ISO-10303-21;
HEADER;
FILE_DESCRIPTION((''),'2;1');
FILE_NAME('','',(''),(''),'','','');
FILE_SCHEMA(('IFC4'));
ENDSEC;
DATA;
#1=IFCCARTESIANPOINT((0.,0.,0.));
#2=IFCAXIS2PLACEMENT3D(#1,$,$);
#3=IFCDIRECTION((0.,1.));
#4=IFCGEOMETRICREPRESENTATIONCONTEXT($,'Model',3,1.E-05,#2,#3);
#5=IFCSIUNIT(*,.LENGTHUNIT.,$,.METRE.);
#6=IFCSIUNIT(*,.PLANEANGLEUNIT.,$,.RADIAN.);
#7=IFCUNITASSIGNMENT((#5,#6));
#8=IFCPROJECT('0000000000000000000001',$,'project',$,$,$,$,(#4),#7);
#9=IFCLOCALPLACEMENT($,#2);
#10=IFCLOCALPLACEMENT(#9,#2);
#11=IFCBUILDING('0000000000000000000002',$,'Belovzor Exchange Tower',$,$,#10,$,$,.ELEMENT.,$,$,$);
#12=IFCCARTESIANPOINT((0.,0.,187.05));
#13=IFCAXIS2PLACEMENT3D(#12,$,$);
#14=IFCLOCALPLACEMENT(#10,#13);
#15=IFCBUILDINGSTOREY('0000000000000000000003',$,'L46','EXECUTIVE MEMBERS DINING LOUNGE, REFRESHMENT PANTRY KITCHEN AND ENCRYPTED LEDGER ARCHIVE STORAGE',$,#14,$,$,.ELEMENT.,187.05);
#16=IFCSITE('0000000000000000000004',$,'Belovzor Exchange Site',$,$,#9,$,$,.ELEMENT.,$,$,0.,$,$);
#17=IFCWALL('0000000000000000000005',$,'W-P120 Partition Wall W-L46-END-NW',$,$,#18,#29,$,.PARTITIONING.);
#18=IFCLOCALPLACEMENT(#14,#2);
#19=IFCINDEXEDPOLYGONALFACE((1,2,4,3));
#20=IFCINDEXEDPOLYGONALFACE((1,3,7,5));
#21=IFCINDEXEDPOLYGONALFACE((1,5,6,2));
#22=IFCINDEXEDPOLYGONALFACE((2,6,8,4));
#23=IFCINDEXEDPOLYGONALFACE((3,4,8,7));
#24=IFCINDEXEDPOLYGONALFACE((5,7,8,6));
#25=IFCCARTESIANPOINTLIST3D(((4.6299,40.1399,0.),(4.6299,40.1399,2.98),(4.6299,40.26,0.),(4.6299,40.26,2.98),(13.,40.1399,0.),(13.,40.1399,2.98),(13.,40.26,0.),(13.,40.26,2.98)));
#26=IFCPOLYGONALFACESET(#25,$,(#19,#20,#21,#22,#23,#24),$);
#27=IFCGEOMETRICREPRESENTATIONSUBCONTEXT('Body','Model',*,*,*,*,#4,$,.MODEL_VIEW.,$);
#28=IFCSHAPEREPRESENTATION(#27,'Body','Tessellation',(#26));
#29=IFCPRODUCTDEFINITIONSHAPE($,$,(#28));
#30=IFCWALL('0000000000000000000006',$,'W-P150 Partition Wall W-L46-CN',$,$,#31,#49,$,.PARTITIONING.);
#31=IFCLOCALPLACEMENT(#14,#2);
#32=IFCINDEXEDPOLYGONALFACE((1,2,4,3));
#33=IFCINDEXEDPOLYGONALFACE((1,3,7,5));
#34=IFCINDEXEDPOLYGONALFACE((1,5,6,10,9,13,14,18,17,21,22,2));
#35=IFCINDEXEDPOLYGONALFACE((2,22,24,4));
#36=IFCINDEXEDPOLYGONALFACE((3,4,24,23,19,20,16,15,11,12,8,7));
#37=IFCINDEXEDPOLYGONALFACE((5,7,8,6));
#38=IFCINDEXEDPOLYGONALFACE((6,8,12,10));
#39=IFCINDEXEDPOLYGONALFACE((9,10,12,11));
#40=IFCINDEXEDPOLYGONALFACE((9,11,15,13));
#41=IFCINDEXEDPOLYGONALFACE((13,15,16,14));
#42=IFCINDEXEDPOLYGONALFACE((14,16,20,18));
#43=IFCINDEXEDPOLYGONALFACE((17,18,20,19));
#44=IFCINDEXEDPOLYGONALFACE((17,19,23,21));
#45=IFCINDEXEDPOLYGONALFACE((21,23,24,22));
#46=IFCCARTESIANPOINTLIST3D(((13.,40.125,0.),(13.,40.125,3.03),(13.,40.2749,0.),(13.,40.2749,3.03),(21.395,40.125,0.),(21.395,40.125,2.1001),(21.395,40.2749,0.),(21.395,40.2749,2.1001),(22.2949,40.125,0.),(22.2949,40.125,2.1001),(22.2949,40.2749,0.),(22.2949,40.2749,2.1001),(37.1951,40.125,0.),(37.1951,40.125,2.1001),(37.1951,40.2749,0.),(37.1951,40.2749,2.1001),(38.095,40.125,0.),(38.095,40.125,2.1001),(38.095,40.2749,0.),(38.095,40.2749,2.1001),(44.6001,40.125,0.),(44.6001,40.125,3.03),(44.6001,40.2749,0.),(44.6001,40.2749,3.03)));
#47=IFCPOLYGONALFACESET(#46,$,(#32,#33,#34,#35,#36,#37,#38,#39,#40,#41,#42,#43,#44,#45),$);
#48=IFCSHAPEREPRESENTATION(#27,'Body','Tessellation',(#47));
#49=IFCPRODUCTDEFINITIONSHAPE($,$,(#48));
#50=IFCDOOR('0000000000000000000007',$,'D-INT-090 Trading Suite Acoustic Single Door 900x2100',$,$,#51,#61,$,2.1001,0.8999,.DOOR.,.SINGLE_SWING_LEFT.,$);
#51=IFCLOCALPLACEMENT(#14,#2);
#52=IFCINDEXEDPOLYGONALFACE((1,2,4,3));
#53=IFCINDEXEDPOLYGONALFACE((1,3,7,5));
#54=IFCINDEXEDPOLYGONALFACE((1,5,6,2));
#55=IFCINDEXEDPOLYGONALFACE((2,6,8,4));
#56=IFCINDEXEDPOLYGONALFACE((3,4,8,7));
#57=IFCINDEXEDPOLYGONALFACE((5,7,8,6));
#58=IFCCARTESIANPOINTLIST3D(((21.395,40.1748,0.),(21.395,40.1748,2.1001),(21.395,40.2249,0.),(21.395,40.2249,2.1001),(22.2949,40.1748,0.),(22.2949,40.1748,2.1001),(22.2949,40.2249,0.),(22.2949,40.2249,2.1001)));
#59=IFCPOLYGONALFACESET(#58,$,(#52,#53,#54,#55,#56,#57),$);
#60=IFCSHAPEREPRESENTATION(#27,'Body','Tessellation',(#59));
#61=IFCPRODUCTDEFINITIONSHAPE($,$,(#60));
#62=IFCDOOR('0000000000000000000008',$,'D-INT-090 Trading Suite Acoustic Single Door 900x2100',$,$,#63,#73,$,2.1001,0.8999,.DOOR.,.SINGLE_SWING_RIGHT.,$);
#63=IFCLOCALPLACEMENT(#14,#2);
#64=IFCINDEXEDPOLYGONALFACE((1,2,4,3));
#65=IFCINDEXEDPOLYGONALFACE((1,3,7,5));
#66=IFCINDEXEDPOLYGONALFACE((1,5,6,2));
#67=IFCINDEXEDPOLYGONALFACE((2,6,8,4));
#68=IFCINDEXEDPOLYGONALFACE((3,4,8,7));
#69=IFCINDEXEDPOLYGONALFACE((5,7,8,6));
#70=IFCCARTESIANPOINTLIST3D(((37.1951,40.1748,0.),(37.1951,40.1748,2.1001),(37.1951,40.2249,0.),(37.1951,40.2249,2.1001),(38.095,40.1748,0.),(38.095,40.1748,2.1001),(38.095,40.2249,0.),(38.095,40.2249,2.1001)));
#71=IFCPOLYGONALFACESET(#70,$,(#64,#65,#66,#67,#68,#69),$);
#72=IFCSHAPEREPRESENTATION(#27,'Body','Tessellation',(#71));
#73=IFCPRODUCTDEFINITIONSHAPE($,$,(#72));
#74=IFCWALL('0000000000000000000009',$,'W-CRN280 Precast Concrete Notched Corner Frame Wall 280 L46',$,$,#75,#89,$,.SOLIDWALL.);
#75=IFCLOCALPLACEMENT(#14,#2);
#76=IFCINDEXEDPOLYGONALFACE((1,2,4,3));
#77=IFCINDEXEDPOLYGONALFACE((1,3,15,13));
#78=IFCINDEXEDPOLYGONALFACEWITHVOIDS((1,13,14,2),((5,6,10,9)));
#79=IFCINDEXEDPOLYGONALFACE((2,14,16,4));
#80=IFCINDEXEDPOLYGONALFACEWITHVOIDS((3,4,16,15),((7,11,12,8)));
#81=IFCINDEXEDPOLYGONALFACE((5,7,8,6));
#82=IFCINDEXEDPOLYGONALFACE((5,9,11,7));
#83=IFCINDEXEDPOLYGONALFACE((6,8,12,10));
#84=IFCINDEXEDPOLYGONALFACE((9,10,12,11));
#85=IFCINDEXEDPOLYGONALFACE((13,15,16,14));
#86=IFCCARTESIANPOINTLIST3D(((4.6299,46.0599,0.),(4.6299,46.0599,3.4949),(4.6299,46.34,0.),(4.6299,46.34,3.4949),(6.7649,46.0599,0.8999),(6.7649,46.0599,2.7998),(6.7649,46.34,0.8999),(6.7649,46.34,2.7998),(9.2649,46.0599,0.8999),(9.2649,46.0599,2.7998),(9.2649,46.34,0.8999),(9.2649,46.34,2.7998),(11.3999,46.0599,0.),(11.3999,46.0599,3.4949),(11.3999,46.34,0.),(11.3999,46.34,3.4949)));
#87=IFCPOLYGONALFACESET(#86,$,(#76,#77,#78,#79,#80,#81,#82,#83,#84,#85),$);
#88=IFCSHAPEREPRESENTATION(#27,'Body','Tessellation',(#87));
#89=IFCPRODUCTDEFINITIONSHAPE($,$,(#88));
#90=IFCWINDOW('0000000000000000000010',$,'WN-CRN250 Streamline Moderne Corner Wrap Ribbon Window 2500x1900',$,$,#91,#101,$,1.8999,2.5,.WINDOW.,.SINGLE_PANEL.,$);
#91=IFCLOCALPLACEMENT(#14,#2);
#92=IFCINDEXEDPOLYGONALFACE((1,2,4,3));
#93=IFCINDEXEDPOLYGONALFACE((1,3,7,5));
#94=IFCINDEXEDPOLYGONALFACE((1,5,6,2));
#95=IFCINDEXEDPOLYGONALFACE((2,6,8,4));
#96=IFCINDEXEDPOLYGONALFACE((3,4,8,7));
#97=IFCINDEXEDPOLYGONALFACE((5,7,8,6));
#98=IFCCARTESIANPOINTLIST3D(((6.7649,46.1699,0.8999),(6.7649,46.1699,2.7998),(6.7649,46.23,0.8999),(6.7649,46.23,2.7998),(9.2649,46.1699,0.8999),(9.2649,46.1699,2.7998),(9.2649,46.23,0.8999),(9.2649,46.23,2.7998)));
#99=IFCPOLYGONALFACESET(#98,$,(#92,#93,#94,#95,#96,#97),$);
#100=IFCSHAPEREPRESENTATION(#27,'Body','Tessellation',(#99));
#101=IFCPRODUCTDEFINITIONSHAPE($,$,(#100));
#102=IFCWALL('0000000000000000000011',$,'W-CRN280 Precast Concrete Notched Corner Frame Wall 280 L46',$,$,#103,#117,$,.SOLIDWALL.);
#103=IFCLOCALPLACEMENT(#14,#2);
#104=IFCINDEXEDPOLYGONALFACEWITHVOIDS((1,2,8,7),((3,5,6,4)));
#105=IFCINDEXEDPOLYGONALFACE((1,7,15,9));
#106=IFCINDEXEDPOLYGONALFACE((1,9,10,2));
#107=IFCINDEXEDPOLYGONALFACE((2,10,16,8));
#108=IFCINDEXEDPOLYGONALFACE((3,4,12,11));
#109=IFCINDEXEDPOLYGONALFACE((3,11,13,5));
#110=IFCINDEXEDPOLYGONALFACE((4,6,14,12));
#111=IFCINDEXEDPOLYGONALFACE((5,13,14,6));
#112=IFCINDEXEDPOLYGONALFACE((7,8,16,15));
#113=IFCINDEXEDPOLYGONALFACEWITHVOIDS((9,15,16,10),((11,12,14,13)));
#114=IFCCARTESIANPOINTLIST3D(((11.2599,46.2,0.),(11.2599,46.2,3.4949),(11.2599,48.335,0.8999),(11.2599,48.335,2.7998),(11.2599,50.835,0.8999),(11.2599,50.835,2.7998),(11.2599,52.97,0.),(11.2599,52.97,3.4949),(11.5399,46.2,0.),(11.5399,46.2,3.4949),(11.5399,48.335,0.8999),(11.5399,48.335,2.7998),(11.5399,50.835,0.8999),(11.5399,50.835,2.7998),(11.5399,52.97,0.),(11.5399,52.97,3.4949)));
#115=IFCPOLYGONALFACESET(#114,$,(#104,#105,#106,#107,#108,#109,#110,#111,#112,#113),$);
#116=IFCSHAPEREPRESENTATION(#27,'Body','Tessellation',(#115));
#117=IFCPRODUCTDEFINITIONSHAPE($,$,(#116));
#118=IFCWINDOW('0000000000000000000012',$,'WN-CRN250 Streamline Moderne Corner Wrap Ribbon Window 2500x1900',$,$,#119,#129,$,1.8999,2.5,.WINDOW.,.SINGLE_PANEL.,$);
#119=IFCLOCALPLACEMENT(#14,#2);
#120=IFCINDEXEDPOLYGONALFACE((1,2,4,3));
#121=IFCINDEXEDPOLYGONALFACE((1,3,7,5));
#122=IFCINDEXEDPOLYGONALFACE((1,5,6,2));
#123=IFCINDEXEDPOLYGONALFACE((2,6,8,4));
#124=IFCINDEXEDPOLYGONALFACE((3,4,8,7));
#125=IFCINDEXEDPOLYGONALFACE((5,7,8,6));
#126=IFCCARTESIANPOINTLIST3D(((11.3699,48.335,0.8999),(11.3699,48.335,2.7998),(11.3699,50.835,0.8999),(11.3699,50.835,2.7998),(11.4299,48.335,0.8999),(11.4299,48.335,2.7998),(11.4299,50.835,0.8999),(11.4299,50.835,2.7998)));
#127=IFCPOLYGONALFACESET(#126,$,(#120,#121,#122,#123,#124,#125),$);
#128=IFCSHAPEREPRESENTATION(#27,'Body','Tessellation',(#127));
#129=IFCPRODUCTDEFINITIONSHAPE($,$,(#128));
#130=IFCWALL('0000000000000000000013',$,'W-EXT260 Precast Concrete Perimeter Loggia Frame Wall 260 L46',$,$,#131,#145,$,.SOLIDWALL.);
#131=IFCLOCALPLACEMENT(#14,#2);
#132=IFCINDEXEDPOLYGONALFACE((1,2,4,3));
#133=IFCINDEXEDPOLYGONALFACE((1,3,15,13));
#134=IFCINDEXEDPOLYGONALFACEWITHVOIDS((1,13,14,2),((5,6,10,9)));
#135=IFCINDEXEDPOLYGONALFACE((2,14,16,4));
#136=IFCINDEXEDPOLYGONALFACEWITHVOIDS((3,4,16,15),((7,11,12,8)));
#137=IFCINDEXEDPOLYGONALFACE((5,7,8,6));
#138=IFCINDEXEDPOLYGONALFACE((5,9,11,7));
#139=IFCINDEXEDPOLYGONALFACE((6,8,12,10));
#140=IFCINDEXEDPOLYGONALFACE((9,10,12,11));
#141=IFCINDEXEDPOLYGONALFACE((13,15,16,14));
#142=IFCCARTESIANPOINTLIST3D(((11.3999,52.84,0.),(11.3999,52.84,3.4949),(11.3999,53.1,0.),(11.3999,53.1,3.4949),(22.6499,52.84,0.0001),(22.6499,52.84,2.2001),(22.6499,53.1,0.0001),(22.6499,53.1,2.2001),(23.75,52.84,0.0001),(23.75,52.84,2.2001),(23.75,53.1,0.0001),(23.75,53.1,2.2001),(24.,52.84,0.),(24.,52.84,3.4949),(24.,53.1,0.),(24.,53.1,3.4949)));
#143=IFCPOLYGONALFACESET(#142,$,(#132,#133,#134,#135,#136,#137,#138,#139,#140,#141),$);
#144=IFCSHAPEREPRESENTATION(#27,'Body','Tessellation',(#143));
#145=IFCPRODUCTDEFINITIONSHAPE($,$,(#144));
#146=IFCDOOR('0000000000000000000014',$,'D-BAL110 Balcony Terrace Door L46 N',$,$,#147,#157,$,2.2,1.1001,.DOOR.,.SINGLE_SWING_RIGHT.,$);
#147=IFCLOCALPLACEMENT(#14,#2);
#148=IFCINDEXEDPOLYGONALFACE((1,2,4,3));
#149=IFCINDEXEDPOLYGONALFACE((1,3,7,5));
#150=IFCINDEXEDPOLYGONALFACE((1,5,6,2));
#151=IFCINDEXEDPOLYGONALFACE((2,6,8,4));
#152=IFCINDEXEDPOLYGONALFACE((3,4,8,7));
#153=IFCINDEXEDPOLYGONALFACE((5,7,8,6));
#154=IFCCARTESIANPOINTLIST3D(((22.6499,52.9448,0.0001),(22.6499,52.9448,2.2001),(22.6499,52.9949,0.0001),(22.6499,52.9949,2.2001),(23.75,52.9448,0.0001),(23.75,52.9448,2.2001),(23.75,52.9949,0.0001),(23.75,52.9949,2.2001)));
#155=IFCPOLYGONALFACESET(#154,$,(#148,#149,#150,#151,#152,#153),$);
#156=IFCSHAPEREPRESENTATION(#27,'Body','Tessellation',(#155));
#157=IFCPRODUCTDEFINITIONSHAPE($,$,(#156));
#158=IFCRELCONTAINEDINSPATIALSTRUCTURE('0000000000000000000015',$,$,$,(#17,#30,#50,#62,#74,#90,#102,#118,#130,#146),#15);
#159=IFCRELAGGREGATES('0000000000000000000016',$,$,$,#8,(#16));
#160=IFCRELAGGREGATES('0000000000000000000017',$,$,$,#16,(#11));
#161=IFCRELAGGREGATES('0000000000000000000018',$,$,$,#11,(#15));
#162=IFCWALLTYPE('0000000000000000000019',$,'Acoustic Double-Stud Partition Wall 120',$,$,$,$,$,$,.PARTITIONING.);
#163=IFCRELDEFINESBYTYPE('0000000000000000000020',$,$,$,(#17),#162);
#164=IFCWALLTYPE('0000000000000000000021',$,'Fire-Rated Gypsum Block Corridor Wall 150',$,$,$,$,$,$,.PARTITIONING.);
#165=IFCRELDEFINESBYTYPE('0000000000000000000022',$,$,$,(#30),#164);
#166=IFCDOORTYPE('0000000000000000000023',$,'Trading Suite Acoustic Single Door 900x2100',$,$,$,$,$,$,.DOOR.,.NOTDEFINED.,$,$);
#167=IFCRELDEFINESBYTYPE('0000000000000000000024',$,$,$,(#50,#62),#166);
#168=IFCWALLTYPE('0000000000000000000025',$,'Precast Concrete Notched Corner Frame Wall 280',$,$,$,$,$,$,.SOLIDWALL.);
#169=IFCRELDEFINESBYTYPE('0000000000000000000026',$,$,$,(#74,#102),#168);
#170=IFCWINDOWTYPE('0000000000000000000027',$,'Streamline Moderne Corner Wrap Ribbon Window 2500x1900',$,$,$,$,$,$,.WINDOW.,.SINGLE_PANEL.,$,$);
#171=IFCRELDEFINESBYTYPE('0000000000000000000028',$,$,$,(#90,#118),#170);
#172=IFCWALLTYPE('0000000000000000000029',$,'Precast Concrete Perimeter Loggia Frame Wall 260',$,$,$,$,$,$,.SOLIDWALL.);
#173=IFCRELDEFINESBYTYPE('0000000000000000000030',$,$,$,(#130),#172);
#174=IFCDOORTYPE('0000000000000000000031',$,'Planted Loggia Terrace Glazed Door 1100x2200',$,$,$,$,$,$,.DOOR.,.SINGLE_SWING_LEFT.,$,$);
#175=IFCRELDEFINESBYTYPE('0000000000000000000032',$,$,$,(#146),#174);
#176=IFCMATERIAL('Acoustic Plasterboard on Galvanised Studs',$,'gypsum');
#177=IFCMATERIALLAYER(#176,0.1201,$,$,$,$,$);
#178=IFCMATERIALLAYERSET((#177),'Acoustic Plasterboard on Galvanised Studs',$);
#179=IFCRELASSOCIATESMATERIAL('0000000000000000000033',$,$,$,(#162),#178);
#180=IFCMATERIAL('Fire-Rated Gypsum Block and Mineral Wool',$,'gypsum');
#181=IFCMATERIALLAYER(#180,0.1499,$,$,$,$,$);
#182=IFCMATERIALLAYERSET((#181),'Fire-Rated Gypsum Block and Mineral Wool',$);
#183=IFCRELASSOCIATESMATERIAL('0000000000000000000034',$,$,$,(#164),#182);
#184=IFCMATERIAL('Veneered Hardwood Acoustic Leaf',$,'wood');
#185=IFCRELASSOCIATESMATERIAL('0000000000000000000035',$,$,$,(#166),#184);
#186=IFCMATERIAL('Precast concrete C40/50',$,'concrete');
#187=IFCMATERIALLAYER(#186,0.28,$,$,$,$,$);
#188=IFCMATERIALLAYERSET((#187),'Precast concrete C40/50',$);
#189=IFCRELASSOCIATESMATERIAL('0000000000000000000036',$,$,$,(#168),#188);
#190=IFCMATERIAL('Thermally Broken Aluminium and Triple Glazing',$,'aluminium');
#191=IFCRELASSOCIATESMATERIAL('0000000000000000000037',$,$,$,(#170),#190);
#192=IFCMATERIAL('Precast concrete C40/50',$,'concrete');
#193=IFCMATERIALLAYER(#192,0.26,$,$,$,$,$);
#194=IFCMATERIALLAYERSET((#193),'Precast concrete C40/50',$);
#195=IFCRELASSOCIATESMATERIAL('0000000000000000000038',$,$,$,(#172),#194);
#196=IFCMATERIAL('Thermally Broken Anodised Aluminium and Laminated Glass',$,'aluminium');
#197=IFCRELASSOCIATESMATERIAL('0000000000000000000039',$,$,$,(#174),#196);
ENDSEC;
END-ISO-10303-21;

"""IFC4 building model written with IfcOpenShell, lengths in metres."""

from ifc_helpers import new_model, si_unit, direction, frame, frame_2d, origin, place, context, subcontext, project, spatial, rectangle, extrude, material, layer, layer_set, type_object, element, fill, save


model = new_model("IFC4")

# Units and contexts
model_context = context("Model", 3, precision=1e-05, world=origin(), true_north=direction((0.0, 1.0)))
body_context = subcontext(model_context, "Body", "Model", "MODEL_VIEW")
ifc_project = project(units=[si_unit("LENGTHUNIT", "METRE"), si_unit("PLANEANGLEUNIT", "RADIAN")], contexts=[model_context])

# Site, building, storey
site_placement = place(None, origin())
site = spatial("IfcSite", under=ifc_project, at=site_placement, Name="Belovzor Exchange Site", CompositionType="ELEMENT", RefElevation=0.0)
building_placement = place(site_placement, origin())
building = spatial("IfcBuilding", under=site, at=building_placement, Name="Belovzor Exchange Tower", CompositionType="ELEMENT")
storey_placement = place(building_placement, frame((0.0, 0.0, 187.05)))
storey = spatial("IfcBuildingStorey", under=building, at=storey_placement, Name="L46", Description="EXECUTIVE MEMBERS DINING LOUNGE, REFRESHMENT PANTRY KITCHEN AND ENCRYPTED LEDGER ARCHIVE STORAGE", CompositionType="ELEMENT", Elevation=187.05)

# Wall
ifc_material_1 = material(Name="Acoustic Plasterboard on Galvanised Studs", Category="gypsum")
ifc_layer_1 = layer(ifc_material_1, 0.1201)
ifc_layer_set_1 = layer_set([ifc_layer_1], Name="Acoustic Plasterboard on Galvanised Studs")
wall_type_1 = type_object("IfcWallType", Name="Acoustic Double-Stud Partition Wall 120", PredefinedType="PARTITIONING", material=ifc_layer_set_1)
wall_1_placement = place(storey_placement, frame((4.6299, 40.2, 0.0), z_axis=(0.0, 0.0, 1.0), x_axis=(1.0, 0.0, 0.0)))
element("IfcWall", 1, at=wall_1_placement, inside=storey, type_object=wall_type_1, Name="W-P120 Partition Wall W-L46-END-NW", PredefinedType="PARTITIONING", context=body_context, shape_type="SweptSolid", body=[
    extrude(rectangle(XDim=8.3701, YDim=0.1201, at=frame_2d((4.1851, 0.0))), origin(), (0.0, 0.0, 1.0), 2.98),
])

# Wall, openings, doors
ifc_material_2 = material(Name="Fire-Rated Gypsum Block and Mineral Wool", Category="gypsum")
ifc_layer_2 = layer(ifc_material_2, 0.1499)
ifc_layer_set_2 = layer_set([ifc_layer_2], Name="Fire-Rated Gypsum Block and Mineral Wool")
wall_type_2 = type_object("IfcWallType", Name="Fire-Rated Gypsum Block Corridor Wall 150", PredefinedType="PARTITIONING", material=ifc_layer_set_2)
wall_2_placement = place(storey_placement, frame((13.0, 40.2, 0.0), z_axis=(0.0, 0.0, 1.0), x_axis=(1.0, 0.0, 0.0)))
wall_2 = element("IfcWall", 2, at=wall_2_placement, inside=storey, type_object=wall_type_2, Name="W-P150 Partition Wall W-L46-CN", PredefinedType="PARTITIONING", context=body_context, shape_type="SweptSolid", body=[
    extrude(rectangle(XDim=31.6001, YDim=0.1499, at=frame_2d((15.8, 0.0))), origin(), (0.0, 0.0, 1.0), 3.03),
])
opening_1_placement = place(wall_2_placement, frame((8.395, 0.0, 0.0)))
opening_1 = element("IfcOpeningElement", 3, at=opening_1_placement, cuts=wall_2, PredefinedType="OPENING", context=body_context, shape_type="SweptSolid", body=[
    extrude(rectangle(XDim=0.8999, YDim=2.1001, at=frame_2d((0.45, 1.05))), frame((0.0, 0.085, 0.0), z_axis=(0.0, -1.0, 0.0), x_axis=(1.0, 0.0, 0.0)), (0.0, 0.0, 1.0), 0.1699),
])
opening_2_placement = place(wall_2_placement, frame((24.1951, 0.0, 0.0)))
opening_2 = element("IfcOpeningElement", 4, at=opening_2_placement, cuts=wall_2, PredefinedType="OPENING", context=body_context, shape_type="SweptSolid", body=[
    extrude(rectangle(XDim=0.8999, YDim=2.1001, at=frame_2d((0.45, 1.05))), frame((0.0, 0.085, 0.0), z_axis=(0.0, -1.0, 0.0), x_axis=(1.0, 0.0, 0.0)), (0.0, 0.0, 1.0), 0.1699),
])
ifc_material_3 = material(Name="Veneered Hardwood Acoustic Leaf", Category="wood")
door_type_1 = type_object("IfcDoorType", Name="Trading Suite Acoustic Single Door 900x2100", OperationType="NOTDEFINED", PredefinedType="DOOR", material=ifc_material_3)
door_1_placement = place(opening_1_placement, origin())
door_1 = element("IfcDoor", 5, at=door_1_placement, inside=storey, type_object=door_type_1, Name="D-INT-090 Trading Suite Acoustic Single Door 900x2100", OperationType="SINGLE_SWING_LEFT", OverallHeight=2.1001, OverallWidth=0.8999, PredefinedType="DOOR", context=body_context, shape_type="SweptSolid", body=[
    extrude(rectangle(XDim=0.8999, YDim=2.1001, at=frame_2d((0.45, 1.05))), frame((0.0, 0.0249, 0.0), z_axis=(0.0, -1.0, 0.0), x_axis=(1.0, 0.0, 0.0)), (0.0, 0.0, 1.0), 0.05),
])
fill(opening_1, door_1)
door_2_placement = place(opening_2_placement, origin())
door_2 = element("IfcDoor", 6, at=door_2_placement, inside=storey, type_object=door_type_1, Name="D-INT-090 Trading Suite Acoustic Single Door 900x2100", OperationType="SINGLE_SWING_RIGHT", OverallHeight=2.1001, OverallWidth=0.8999, PredefinedType="DOOR", context=body_context, shape_type="SweptSolid", body=[
    extrude(rectangle(XDim=0.8999, YDim=2.1001, at=frame_2d((0.45, 1.05))), frame((0.0, 0.0249, 0.0), z_axis=(0.0, -1.0, 0.0), x_axis=(1.0, 0.0, 0.0)), (0.0, 0.0, 1.0), 0.05),
])
fill(opening_2, door_2)

# Walls, openings, windows
ifc_material_4 = material(Name="Precast concrete C40/50", Category="concrete")
ifc_layer_3 = layer(ifc_material_4, 0.28)
ifc_layer_set_3 = layer_set([ifc_layer_3], Name="Precast concrete C40/50")
wall_type_3 = type_object("IfcWallType", Name="Precast Concrete Notched Corner Frame Wall 280", PredefinedType="SOLIDWALL", material=ifc_layer_set_3)
wall_3_placement = place(storey_placement, frame((4.6299, 46.2, 0.0), z_axis=(0.0, 0.0, 1.0), x_axis=(1.0, 0.0, 0.0)))
wall_3 = element("IfcWall", 7, at=wall_3_placement, inside=storey, type_object=wall_type_3, Name="W-CRN280 Precast Concrete Notched Corner Frame Wall 280 L46", PredefinedType="SOLIDWALL", context=body_context, shape_type="SweptSolid", body=[
    extrude(rectangle(XDim=6.77, YDim=0.28, at=frame_2d((3.385, 0.0))), origin(), (0.0, 0.0, 1.0), 3.4949),
])
opening_3_placement = place(wall_3_placement, frame((2.135, 0.0, 0.8999)))
opening_3 = element("IfcOpeningElement", 8, at=opening_3_placement, cuts=wall_3, PredefinedType="OPENING", context=body_context, shape_type="SweptSolid", body=[
    extrude(rectangle(XDim=2.5, YDim=1.8999, at=frame_2d((1.25, 0.95))), frame((0.0, 0.1499, 0.0), z_axis=(0.0, -1.0, 0.0), x_axis=(1.0, 0.0, 0.0)), (0.0, 0.0, 1.0), 0.3),
])
ifc_material_5 = material(Name="Thermally Broken Aluminium and Triple Glazing", Category="aluminium")
window_type = type_object("IfcWindowType", Name="Streamline Moderne Corner Wrap Ribbon Window 2500x1900", PartitioningType="SINGLE_PANEL", PredefinedType="WINDOW", material=ifc_material_5)
window_1_placement = place(opening_3_placement, origin())
window_1 = element("IfcWindow", 9, at=window_1_placement, inside=storey, type_object=window_type, Name="WN-CRN250 Streamline Moderne Corner Wrap Ribbon Window 2500x1900", OverallHeight=1.8999, OverallWidth=2.5, PartitioningType="SINGLE_PANEL", PredefinedType="WINDOW", context=body_context, shape_type="SweptSolid", body=[
    extrude(rectangle(XDim=2.5, YDim=1.8999, at=frame_2d((1.25, 0.95))), frame((0.0, 0.03, 0.0), z_axis=(0.0, -1.0, 0.0), x_axis=(1.0, 0.0, 0.0)), (0.0, 0.0, 1.0), 0.0601),
])
fill(opening_3, window_1)
wall_4_placement = place(storey_placement, frame((11.3999, 46.2, 0.0), z_axis=(0.0, 0.0, 1.0), x_axis=(0.0, 1.0, 0.0)))
wall_4 = element("IfcWall", 10, at=wall_4_placement, inside=storey, type_object=wall_type_3, Name="W-CRN280 Precast Concrete Notched Corner Frame Wall 280 L46", PredefinedType="SOLIDWALL", context=body_context, shape_type="SweptSolid", body=[
    extrude(rectangle(XDim=6.77, YDim=0.28, at=frame_2d((3.385, 0.0))), origin(), (0.0, 0.0, 1.0), 3.4949),
])
opening_4_placement = place(wall_4_placement, frame((2.135, 0.0, 0.8999)))
opening_4 = element("IfcOpeningElement", 11, at=opening_4_placement, cuts=wall_4, PredefinedType="OPENING", context=body_context, shape_type="SweptSolid", body=[
    extrude(rectangle(XDim=2.5, YDim=1.8999, at=frame_2d((1.25, 0.95))), frame((0.0, 0.1499, 0.0), z_axis=(0.0, -1.0, 0.0), x_axis=(1.0, 0.0, 0.0)), (0.0, 0.0, 1.0), 0.3),
])
window_2_placement = place(opening_4_placement, origin())
window_2 = element("IfcWindow", 12, at=window_2_placement, inside=storey, type_object=window_type, Name="WN-CRN250 Streamline Moderne Corner Wrap Ribbon Window 2500x1900", OverallHeight=1.8999, OverallWidth=2.5, PartitioningType="SINGLE_PANEL", PredefinedType="WINDOW", context=body_context, shape_type="SweptSolid", body=[
    extrude(rectangle(XDim=2.5, YDim=1.8999, at=frame_2d((1.25, 0.95))), frame((0.0, 0.03, 0.0), z_axis=(0.0, -1.0, 0.0), x_axis=(1.0, 0.0, 0.0)), (0.0, 0.0, 1.0), 0.0601),
])
fill(opening_4, window_2)

# Wall, opening, door
ifc_material_6 = material(Name="Precast concrete C40/50", Category="concrete")
ifc_layer_4 = layer(ifc_material_6, 0.26)
ifc_layer_set_4 = layer_set([ifc_layer_4], Name="Precast concrete C40/50")
wall_type_4 = type_object("IfcWallType", Name="Precast Concrete Perimeter Loggia Frame Wall 260", PredefinedType="SOLIDWALL", material=ifc_layer_set_4)
wall_5_placement = place(storey_placement, frame((11.3999, 52.97, 0.0), z_axis=(0.0, 0.0, 1.0), x_axis=(1.0, 0.0, 0.0)))
wall_5 = element("IfcWall", 13, at=wall_5_placement, inside=storey, type_object=wall_type_4, Name="W-EXT260 Precast Concrete Perimeter Loggia Frame Wall 260 L46", PredefinedType="SOLIDWALL", context=body_context, shape_type="SweptSolid", body=[
    extrude(rectangle(XDim=12.6001, YDim=0.26, at=frame_2d((6.3, 0.0))), origin(), (0.0, 0.0, 1.0), 3.4949),
])
opening_5_placement = place(wall_5_placement, frame((11.25, 0.0, 0.0)))
opening_5 = element("IfcOpeningElement", 14, at=opening_5_placement, cuts=wall_5, PredefinedType="OPENING", context=body_context, shape_type="SweptSolid", body=[
    extrude(rectangle(XDim=1.1001, YDim=2.2, at=frame_2d((0.55, 1.1001))), frame((0.0, 0.1399, 0.0), z_axis=(0.0, -1.0, 0.0), x_axis=(1.0, 0.0, 0.0)), (0.0, 0.0, 1.0), 0.28),
])
ifc_material_7 = material(Name="Thermally Broken Anodised Aluminium and Laminated Glass", Category="aluminium")
door_type_2 = type_object("IfcDoorType", Name="Planted Loggia Terrace Glazed Door 1100x2200", OperationType="SINGLE_SWING_LEFT", PredefinedType="DOOR", material=ifc_material_7)
door_3_placement = place(opening_5_placement, origin())
door_3 = element("IfcDoor", 15, at=door_3_placement, inside=storey, type_object=door_type_2, Name="D-BAL110 Balcony Terrace Door L46 N", OperationType="SINGLE_SWING_RIGHT", OverallHeight=2.2, OverallWidth=1.1001, PredefinedType="DOOR", context=body_context, shape_type="SweptSolid", body=[
    extrude(rectangle(XDim=1.1001, YDim=2.2, at=frame_2d((0.55, 1.1001))), frame((0.0, 0.0249, 0.0), z_axis=(0.0, -1.0, 0.0), x_axis=(1.0, 0.0, 0.0)), (0.0, 0.0, 1.0), 0.05),
])
fill(opening_5, door_3)

save(model, "model.ifc")
